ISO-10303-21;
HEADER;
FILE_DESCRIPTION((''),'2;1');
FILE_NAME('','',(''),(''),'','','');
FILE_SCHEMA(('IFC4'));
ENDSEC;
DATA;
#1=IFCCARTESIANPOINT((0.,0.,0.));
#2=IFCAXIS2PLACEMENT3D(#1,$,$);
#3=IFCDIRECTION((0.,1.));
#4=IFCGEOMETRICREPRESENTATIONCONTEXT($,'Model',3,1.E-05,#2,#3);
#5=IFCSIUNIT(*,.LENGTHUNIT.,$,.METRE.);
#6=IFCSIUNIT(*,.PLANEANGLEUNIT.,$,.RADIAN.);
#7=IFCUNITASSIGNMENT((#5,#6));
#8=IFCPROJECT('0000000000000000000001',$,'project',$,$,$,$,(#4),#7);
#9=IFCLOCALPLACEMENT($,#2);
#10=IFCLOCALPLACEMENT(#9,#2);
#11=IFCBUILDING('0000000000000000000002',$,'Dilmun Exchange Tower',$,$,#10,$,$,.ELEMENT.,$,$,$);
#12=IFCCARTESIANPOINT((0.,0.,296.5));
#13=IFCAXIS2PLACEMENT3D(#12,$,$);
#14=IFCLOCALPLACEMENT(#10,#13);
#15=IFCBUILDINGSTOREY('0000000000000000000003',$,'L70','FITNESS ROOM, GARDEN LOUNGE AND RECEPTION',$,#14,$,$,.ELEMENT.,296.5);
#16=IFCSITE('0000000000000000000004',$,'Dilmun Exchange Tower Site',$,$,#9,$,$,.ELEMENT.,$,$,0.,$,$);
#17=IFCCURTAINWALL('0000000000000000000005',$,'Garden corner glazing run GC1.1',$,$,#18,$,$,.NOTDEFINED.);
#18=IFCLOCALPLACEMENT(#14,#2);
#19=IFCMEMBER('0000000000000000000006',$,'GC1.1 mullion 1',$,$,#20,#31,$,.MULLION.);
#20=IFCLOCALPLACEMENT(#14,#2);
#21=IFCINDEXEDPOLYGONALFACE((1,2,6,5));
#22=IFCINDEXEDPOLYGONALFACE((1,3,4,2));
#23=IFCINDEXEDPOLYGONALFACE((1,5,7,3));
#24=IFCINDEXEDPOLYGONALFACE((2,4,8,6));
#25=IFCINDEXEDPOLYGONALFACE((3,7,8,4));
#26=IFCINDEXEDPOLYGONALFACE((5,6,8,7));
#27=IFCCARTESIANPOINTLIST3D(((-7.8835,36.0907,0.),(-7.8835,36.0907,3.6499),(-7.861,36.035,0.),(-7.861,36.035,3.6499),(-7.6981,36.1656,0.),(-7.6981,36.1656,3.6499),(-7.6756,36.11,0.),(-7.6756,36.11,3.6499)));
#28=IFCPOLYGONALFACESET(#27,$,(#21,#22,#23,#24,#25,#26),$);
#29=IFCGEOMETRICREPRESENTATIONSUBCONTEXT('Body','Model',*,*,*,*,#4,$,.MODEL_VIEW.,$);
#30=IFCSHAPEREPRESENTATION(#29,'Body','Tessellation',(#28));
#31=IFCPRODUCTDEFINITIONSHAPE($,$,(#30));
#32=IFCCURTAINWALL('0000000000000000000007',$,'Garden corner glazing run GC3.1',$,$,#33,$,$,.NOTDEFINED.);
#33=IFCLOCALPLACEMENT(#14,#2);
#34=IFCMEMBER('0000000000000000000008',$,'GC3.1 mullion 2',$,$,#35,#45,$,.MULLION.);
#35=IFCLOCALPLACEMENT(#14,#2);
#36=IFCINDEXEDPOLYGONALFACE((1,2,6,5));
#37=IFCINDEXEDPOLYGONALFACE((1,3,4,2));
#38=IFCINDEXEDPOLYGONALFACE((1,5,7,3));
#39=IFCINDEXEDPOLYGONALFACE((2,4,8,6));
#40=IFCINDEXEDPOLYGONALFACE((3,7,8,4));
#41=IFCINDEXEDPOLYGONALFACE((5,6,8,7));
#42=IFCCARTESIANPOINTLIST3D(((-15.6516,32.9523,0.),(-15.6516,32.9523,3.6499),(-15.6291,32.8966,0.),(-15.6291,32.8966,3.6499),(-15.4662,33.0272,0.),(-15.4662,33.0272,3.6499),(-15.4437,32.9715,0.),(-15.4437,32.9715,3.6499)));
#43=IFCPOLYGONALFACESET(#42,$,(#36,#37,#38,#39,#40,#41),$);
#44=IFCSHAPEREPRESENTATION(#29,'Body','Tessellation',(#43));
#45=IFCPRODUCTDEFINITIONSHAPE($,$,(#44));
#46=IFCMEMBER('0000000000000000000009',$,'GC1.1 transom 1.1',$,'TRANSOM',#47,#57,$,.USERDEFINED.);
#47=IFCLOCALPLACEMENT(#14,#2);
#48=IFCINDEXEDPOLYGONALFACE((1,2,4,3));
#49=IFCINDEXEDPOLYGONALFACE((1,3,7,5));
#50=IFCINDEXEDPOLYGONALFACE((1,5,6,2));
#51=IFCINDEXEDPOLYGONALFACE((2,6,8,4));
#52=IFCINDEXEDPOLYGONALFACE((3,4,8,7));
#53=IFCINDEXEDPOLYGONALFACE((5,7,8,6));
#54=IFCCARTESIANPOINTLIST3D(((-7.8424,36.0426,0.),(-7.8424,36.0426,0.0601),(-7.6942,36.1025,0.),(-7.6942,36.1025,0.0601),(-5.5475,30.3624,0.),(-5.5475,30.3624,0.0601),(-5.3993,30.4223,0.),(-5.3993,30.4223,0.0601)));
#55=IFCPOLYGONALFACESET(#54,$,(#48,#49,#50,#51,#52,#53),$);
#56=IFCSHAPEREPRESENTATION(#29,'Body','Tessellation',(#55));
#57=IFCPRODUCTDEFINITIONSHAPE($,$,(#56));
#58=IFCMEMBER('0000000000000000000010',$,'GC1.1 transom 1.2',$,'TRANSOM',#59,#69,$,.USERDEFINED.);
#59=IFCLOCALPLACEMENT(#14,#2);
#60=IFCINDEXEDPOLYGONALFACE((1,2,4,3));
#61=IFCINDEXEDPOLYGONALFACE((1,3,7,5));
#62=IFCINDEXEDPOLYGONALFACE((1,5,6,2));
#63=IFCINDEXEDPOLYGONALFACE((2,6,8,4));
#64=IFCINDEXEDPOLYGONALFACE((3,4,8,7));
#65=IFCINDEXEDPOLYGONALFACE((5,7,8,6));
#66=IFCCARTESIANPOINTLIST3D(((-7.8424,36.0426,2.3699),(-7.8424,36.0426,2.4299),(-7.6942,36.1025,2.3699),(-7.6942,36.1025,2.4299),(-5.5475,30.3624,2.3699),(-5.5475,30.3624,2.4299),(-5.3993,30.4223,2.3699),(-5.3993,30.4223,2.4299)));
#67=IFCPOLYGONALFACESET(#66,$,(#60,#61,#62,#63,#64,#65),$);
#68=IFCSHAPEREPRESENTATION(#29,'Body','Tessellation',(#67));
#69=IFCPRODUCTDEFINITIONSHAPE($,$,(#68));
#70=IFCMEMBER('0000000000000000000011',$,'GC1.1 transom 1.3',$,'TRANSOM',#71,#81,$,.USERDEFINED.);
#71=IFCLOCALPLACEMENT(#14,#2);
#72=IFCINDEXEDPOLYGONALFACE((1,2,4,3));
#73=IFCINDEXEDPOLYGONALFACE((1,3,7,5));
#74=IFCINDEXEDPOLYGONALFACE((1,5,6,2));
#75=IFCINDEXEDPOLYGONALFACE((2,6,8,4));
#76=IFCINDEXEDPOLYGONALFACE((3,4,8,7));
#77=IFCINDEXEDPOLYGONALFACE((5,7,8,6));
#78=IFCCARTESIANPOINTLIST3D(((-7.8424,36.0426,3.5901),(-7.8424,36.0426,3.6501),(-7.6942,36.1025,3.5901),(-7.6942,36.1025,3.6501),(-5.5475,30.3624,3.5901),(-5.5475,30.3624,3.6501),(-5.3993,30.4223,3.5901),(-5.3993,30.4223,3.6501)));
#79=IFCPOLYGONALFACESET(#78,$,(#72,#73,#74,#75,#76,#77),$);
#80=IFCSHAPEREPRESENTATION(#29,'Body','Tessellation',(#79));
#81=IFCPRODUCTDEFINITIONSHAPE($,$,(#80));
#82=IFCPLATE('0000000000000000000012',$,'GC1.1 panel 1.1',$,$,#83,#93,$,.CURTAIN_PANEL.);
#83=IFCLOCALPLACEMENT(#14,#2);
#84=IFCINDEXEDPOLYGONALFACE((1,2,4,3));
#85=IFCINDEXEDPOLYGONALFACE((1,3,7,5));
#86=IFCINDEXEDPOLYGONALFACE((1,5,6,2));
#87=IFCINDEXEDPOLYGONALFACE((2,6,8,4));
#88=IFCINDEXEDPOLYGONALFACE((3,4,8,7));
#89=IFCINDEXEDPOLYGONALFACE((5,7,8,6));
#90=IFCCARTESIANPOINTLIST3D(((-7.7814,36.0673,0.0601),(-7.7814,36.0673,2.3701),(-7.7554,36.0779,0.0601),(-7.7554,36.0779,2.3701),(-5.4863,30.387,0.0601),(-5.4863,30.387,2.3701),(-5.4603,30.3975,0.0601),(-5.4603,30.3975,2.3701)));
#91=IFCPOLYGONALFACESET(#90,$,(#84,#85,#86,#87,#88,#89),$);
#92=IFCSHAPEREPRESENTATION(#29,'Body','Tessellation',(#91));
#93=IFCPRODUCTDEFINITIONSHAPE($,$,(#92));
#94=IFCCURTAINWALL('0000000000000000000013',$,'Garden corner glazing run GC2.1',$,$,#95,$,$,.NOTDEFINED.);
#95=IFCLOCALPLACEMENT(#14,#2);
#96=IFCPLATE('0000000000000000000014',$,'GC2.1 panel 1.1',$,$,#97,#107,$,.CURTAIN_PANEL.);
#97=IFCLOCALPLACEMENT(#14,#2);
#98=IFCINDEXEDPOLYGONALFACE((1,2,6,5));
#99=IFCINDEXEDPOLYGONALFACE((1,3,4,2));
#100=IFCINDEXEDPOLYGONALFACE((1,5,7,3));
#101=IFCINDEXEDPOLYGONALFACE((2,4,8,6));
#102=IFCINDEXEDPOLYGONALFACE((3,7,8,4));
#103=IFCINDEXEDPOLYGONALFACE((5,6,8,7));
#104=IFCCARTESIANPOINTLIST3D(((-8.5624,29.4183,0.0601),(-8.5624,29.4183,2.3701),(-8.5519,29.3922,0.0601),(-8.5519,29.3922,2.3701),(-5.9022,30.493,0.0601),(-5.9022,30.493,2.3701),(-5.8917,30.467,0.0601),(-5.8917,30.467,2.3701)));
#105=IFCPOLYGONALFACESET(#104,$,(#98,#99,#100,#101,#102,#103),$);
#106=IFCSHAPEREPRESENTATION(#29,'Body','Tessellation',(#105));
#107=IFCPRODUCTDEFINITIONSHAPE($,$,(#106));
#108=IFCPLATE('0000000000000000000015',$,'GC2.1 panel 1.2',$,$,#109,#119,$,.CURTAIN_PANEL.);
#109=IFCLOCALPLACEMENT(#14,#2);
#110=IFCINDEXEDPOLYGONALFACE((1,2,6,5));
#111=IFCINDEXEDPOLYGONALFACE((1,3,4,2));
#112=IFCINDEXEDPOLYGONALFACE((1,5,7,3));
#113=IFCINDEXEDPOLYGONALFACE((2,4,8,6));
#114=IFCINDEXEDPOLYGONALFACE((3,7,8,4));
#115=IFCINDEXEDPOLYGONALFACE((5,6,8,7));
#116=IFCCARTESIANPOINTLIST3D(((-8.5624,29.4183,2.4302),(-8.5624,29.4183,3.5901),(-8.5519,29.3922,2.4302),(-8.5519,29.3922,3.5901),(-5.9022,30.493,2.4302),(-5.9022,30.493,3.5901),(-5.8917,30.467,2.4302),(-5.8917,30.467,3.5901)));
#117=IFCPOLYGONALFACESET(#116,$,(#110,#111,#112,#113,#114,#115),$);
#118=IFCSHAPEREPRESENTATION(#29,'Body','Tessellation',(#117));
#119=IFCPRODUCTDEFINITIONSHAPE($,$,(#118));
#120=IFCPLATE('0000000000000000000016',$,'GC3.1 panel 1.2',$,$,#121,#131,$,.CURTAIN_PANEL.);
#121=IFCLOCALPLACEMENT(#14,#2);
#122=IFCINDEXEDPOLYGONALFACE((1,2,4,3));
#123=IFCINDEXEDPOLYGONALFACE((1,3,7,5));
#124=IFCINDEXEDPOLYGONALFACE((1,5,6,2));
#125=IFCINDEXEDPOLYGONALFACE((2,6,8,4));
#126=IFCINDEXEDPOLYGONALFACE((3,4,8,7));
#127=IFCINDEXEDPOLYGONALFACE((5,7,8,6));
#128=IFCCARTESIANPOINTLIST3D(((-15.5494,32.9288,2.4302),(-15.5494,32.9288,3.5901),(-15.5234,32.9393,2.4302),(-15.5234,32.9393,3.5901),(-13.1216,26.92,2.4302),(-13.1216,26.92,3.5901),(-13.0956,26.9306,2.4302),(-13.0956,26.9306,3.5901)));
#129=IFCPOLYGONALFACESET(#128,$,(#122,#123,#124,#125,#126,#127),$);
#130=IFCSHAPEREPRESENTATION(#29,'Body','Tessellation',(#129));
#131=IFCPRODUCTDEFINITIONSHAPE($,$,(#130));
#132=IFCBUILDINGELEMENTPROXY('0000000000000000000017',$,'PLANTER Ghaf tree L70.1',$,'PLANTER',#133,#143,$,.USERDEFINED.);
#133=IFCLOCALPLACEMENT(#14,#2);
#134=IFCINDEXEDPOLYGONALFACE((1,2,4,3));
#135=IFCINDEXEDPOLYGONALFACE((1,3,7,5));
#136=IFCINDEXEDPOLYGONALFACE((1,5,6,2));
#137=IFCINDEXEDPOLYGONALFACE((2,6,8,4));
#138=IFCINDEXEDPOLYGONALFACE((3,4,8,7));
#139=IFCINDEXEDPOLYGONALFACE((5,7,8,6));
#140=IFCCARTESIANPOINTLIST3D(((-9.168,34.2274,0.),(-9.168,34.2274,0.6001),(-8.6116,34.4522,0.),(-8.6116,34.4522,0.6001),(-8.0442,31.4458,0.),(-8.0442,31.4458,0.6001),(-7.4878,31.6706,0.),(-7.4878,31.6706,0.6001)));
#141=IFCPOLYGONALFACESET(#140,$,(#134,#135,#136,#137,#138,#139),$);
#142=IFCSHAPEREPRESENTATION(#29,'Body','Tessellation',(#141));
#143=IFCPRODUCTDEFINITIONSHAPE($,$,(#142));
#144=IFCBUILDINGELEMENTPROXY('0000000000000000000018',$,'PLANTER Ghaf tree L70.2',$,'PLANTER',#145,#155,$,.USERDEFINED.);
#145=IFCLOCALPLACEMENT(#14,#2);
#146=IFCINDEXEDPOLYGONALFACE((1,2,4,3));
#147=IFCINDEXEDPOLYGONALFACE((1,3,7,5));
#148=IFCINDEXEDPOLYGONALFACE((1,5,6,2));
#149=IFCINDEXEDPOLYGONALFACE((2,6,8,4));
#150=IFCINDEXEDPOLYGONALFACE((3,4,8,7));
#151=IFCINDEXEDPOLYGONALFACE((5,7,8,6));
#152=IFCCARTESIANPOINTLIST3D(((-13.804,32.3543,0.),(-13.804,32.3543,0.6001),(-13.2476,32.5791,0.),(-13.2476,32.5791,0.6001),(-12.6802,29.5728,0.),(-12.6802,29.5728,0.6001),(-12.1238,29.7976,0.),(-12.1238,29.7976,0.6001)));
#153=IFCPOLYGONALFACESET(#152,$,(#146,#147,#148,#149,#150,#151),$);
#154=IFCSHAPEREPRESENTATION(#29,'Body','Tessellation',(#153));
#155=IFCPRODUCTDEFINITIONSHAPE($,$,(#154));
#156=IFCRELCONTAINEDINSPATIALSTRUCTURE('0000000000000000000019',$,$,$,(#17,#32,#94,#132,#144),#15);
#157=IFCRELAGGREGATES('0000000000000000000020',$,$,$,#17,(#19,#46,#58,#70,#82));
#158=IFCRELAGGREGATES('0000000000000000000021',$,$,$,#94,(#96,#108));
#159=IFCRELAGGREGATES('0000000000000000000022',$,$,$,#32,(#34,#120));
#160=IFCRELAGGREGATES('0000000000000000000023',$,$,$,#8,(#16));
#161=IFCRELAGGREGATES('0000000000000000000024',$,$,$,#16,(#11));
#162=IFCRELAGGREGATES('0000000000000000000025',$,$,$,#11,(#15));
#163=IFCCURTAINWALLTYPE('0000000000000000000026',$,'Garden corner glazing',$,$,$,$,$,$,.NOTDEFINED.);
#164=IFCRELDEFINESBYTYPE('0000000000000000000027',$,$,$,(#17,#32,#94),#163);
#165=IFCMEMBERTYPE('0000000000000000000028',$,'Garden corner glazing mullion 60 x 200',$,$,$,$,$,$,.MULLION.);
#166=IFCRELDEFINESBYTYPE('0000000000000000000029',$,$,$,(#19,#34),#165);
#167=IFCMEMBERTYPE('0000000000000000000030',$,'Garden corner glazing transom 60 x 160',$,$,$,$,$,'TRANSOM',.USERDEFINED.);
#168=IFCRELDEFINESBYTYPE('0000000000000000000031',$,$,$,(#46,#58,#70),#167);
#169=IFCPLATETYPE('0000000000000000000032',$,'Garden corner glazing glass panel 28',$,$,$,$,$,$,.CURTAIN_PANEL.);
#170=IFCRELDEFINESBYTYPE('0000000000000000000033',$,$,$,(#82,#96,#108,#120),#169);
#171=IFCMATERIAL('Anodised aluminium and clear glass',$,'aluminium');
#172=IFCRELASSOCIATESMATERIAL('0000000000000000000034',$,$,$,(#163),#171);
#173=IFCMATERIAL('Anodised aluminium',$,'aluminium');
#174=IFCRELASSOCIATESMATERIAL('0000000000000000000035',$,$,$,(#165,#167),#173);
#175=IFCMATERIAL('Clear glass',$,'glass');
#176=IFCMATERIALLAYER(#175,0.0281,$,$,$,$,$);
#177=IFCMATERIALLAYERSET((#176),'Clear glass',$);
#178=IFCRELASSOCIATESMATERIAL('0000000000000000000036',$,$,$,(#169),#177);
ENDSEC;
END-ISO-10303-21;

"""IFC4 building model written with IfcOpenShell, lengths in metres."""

from ifc_helpers import new_model, si_unit, direction, frame, origin, origin_2d, place, context, subcontext, project, spatial, rectangle, extrude, material, layer, layer_set, material_profile, profile_set, type_object, element, aggregate, save


model = new_model("IFC4")

# Units and contexts
model_context = context("Model", 3, precision=1e-05, world=origin(), true_north=direction((0.0, 1.0)))
body_context = subcontext(model_context, "Body", "Model", "MODEL_VIEW")
ifc_project = project(units=[si_unit("LENGTHUNIT", "METRE"), si_unit("PLANEANGLEUNIT", "RADIAN")], contexts=[model_context])

# Site, building, storey
site_placement = place(None, origin())
site = spatial("IfcSite", under=ifc_project, at=site_placement, Name="Dilmun Exchange Tower Site", CompositionType="ELEMENT", RefElevation=0.0)
building_placement = place(site_placement, origin())
building = spatial("IfcBuilding", under=site, at=building_placement, Name="Dilmun Exchange Tower", CompositionType="ELEMENT")
storey_placement = place(building_placement, frame((0.0, 0.0, 296.5)))
storey = spatial("IfcBuildingStorey", under=building, at=storey_placement, Name="L70", Description="FITNESS ROOM, GARDEN LOUNGE AND RECEPTION", CompositionType="ELEMENT", Elevation=296.5)

# Curtain walls, members
ifc_material_1 = material(Name="Anodised aluminium and clear glass", Category="aluminium")
curtain_wall_type = type_object("IfcCurtainWallType", Name="Garden corner glazing", PredefinedType="NOTDEFINED", material=ifc_material_1)
curtain_wall_1_placement = place(storey_placement, origin())
curtain_wall_1 = element("IfcCurtainWall", 1, at=curtain_wall_1_placement, inside=storey, type_object=curtain_wall_type, Name="Garden corner glazing run GC1.1", PredefinedType="NOTDEFINED")
ifc_material_2 = material(Name="Anodised aluminium", Category="aluminium")
ifc_material_profile_1 = material_profile(ifc_material_2, rectangle(XDim=0.2, YDim=0.0601, at=origin_2d()), Name="AL 60x200")
ifc_profile_set_1 = profile_set([ifc_material_profile_1], Name="Anodised aluminium")
member_type_1 = type_object("IfcMemberType", Name="Garden corner glazing mullion 60 x 200", PredefinedType="MULLION", material=ifc_profile_set_1)
member_1_placement = place(storey_placement, frame((-7.7795, 36.1003, 0.0), z_axis=(0.0, 0.0, 1.0), x_axis=(0.927182, 0.374612, 0.0)))
member_1 = element("IfcMember", 2, at=member_1_placement, type_object=member_type_1, Name="GC1.1 mullion 1", PredefinedType="MULLION", context=body_context, shape_type="SweptSolid", body=[
    extrude(rectangle(XDim=0.2, YDim=0.0601, at=origin_2d()), origin(), (0.0, 0.0, 1.0), 3.6499),
])
curtain_wall_2_placement = place(storey_placement, origin())
curtain_wall_2 = element("IfcCurtainWall", 3, at=curtain_wall_2_placement, inside=storey, type_object=curtain_wall_type, Name="Garden corner glazing run GC3.1", PredefinedType="NOTDEFINED")
member_2_placement = place(storey_placement, frame((-15.5476, 32.9619, 0.0), z_axis=(0.0, 0.0, 1.0), x_axis=(-0.927181, -0.374614, 0.0)))
member_2 = element("IfcMember", 4, at=member_2_placement, type_object=member_type_1, Name="GC3.1 mullion 2", PredefinedType="MULLION", context=body_context, shape_type="SweptSolid", body=[
    extrude(rectangle(XDim=0.2, YDim=0.0601, at=origin_2d()), origin(), (0.0, 0.0, 1.0), 3.6499),
])

# Members
ifc_material_profile_2 = material_profile(ifc_material_2, rectangle(XDim=0.1599, YDim=0.0601, at=origin_2d()), Name="AL 60x160")
ifc_profile_set_2 = profile_set([ifc_material_profile_2], Name="Anodised aluminium")
member_type_2 = type_object("IfcMemberType", Name="Garden corner glazing transom 60 x 160", ElementType="TRANSOM", PredefinedType="USERDEFINED", material=ifc_profile_set_2)
member_3_placement = place(storey_placement, frame((-7.7683, 36.0725, 0.03), z_axis=(0.374604, -0.927185, 0.0), x_axis=(0.927185, 0.374604, 0.0)))
member_3 = element("IfcMember", 5, at=member_3_placement, type_object=member_type_2, Name="GC1.1 transom 1.1", ObjectType="TRANSOM", PredefinedType="USERDEFINED", context=body_context, shape_type="SweptSolid", body=[
    extrude(rectangle(XDim=0.1599, YDim=0.0601, at=origin_2d()), origin(), (0.0, 0.0, 1.0), 6.1262),
])
member_4_placement = place(storey_placement, frame((-7.7683, 36.0725, 2.3999), z_axis=(0.374604, -0.927185, 0.0), x_axis=(0.927185, 0.374604, 0.0)))
member_4 = element("IfcMember", 6, at=member_4_placement, type_object=member_type_2, Name="GC1.1 transom 1.2", ObjectType="TRANSOM", PredefinedType="USERDEFINED", context=body_context, shape_type="SweptSolid", body=[
    extrude(rectangle(XDim=0.1599, YDim=0.0601, at=origin_2d()), origin(), (0.0, 0.0, 1.0), 6.1262),
])
member_5_placement = place(storey_placement, frame((-7.7683, 36.0725, 3.6201), z_axis=(0.374604, -0.927185, 0.0), x_axis=(0.927185, 0.374604, 0.0)))
member_5 = element("IfcMember", 7, at=member_5_placement, type_object=member_type_2, Name="GC1.1 transom 1.3", ObjectType="TRANSOM", PredefinedType="USERDEFINED", context=body_context, shape_type="SweptSolid", body=[
    extrude(rectangle(XDim=0.1599, YDim=0.0601, at=origin_2d()), origin(), (0.0, 0.0, 1.0), 6.1262),
])

# Plate
ifc_material_3 = material(Name="Clear glass", Category="glass")
ifc_layer_1 = layer(ifc_material_3, 0.0281)
ifc_layer_set_1 = layer_set([ifc_layer_1], Name="Clear glass")
plate_type = type_object("IfcPlateType", Name="Garden corner glazing glass panel 28", PredefinedType="CURTAIN_PANEL", material=ifc_layer_set_1)
plate_1_placement = place(storey_placement, frame((-6.6208, 33.2324, 0.0601), z_axis=(0.0, 0.0, 1.0), x_axis=(0.374612, -0.927182, 0.0)))
plate_1 = element("IfcPlate", 8, at=plate_1_placement, type_object=plate_type, Name="GC1.1 panel 1.1", PredefinedType="CURTAIN_PANEL", context=body_context, shape_type="SweptSolid", body=[
    extrude(rectangle(XDim=6.1265, YDim=0.0281, at=origin_2d()), origin(), (0.0, 0.0, 1.0), 2.3101),
])
aggregate(curtain_wall_1, [member_1, member_3, member_4, member_5, plate_1])

# Curtain wall, plates
curtain_wall_3_placement = place(storey_placement, origin())
curtain_wall_3 = element("IfcCurtainWall", 9, at=curtain_wall_3_placement, inside=storey, type_object=curtain_wall_type, Name="Garden corner glazing run GC2.1", PredefinedType="NOTDEFINED")
plate_2_placement = place(storey_placement, frame((-7.2271, 29.9426, 0.0601), z_axis=(0.0, 0.0, 1.0), x_axis=(-0.927191, -0.37459, 0.0)))
plate_2 = element("IfcPlate", 10, at=plate_2_placement, type_object=plate_type, Name="GC2.1 panel 1.1", PredefinedType="CURTAIN_PANEL", context=body_context, shape_type="SweptSolid", body=[
    extrude(rectangle(XDim=2.8691, YDim=0.0281, at=origin_2d()), origin(), (0.0, 0.0, 1.0), 2.3101),
])
plate_3_placement = place(storey_placement, frame((-7.2271, 29.9426, 2.4302), z_axis=(0.0, 0.0, 1.0), x_axis=(-0.927191, -0.37459, 0.0)))
plate_3 = element("IfcPlate", 11, at=plate_3_placement, type_object=plate_type, Name="GC2.1 panel 1.2", PredefinedType="CURTAIN_PANEL", context=body_context, shape_type="SweptSolid", body=[
    extrude(rectangle(XDim=2.8691, YDim=0.0281, at=origin_2d()), origin(), (0.0, 0.0, 1.0), 1.1599),
])
aggregate(curtain_wall_3, [plate_2, plate_3])

# Plate
plate_4_placement = place(storey_placement, frame((-14.3225, 29.9297, 2.4302), z_axis=(0.0, 0.0, 1.0), x_axis=(-0.374614, 0.927181, 0.0)))
plate_4 = element("IfcPlate", 12, at=plate_4_placement, type_object=plate_type, Name="GC3.1 panel 1.2", PredefinedType="CURTAIN_PANEL", context=body_context, shape_type="SweptSolid", body=[
    extrude(rectangle(XDim=6.4807, YDim=0.0281, at=origin_2d()), origin(), (0.0, 0.0, 1.0), 1.1599),
])
aggregate(curtain_wall_2, [member_2, plate_4])

# Building element proxies
for number, where, z_axis, x_axis, name in (
    (13, (-8.3279, 32.949, 0.0), (0.0, 0.0, 1.0), (-0.374607, 0.927184, 0.0), "PLANTER Ghaf tree L70.1"),
    (14, (-12.9639, 31.0759, 0.0), (0.0, 0.0, 1.0), (-0.374607, 0.927184, 0.0), "PLANTER Ghaf tree L70.2"),
):
    element("IfcBuildingElementProxy", number, at=place(storey_placement, frame(where, z_axis=z_axis, x_axis=x_axis)), inside=storey, Name=name, ObjectType="PLANTER", PredefinedType="USERDEFINED", context=body_context, shape_type="SweptSolid", body=[
        extrude(rectangle(XDim=3.0, YDim=0.6001, at=origin_2d()), origin(), (0.0, 0.0, 1.0), 0.6001),
    ])

save(model, "model.ifc")
